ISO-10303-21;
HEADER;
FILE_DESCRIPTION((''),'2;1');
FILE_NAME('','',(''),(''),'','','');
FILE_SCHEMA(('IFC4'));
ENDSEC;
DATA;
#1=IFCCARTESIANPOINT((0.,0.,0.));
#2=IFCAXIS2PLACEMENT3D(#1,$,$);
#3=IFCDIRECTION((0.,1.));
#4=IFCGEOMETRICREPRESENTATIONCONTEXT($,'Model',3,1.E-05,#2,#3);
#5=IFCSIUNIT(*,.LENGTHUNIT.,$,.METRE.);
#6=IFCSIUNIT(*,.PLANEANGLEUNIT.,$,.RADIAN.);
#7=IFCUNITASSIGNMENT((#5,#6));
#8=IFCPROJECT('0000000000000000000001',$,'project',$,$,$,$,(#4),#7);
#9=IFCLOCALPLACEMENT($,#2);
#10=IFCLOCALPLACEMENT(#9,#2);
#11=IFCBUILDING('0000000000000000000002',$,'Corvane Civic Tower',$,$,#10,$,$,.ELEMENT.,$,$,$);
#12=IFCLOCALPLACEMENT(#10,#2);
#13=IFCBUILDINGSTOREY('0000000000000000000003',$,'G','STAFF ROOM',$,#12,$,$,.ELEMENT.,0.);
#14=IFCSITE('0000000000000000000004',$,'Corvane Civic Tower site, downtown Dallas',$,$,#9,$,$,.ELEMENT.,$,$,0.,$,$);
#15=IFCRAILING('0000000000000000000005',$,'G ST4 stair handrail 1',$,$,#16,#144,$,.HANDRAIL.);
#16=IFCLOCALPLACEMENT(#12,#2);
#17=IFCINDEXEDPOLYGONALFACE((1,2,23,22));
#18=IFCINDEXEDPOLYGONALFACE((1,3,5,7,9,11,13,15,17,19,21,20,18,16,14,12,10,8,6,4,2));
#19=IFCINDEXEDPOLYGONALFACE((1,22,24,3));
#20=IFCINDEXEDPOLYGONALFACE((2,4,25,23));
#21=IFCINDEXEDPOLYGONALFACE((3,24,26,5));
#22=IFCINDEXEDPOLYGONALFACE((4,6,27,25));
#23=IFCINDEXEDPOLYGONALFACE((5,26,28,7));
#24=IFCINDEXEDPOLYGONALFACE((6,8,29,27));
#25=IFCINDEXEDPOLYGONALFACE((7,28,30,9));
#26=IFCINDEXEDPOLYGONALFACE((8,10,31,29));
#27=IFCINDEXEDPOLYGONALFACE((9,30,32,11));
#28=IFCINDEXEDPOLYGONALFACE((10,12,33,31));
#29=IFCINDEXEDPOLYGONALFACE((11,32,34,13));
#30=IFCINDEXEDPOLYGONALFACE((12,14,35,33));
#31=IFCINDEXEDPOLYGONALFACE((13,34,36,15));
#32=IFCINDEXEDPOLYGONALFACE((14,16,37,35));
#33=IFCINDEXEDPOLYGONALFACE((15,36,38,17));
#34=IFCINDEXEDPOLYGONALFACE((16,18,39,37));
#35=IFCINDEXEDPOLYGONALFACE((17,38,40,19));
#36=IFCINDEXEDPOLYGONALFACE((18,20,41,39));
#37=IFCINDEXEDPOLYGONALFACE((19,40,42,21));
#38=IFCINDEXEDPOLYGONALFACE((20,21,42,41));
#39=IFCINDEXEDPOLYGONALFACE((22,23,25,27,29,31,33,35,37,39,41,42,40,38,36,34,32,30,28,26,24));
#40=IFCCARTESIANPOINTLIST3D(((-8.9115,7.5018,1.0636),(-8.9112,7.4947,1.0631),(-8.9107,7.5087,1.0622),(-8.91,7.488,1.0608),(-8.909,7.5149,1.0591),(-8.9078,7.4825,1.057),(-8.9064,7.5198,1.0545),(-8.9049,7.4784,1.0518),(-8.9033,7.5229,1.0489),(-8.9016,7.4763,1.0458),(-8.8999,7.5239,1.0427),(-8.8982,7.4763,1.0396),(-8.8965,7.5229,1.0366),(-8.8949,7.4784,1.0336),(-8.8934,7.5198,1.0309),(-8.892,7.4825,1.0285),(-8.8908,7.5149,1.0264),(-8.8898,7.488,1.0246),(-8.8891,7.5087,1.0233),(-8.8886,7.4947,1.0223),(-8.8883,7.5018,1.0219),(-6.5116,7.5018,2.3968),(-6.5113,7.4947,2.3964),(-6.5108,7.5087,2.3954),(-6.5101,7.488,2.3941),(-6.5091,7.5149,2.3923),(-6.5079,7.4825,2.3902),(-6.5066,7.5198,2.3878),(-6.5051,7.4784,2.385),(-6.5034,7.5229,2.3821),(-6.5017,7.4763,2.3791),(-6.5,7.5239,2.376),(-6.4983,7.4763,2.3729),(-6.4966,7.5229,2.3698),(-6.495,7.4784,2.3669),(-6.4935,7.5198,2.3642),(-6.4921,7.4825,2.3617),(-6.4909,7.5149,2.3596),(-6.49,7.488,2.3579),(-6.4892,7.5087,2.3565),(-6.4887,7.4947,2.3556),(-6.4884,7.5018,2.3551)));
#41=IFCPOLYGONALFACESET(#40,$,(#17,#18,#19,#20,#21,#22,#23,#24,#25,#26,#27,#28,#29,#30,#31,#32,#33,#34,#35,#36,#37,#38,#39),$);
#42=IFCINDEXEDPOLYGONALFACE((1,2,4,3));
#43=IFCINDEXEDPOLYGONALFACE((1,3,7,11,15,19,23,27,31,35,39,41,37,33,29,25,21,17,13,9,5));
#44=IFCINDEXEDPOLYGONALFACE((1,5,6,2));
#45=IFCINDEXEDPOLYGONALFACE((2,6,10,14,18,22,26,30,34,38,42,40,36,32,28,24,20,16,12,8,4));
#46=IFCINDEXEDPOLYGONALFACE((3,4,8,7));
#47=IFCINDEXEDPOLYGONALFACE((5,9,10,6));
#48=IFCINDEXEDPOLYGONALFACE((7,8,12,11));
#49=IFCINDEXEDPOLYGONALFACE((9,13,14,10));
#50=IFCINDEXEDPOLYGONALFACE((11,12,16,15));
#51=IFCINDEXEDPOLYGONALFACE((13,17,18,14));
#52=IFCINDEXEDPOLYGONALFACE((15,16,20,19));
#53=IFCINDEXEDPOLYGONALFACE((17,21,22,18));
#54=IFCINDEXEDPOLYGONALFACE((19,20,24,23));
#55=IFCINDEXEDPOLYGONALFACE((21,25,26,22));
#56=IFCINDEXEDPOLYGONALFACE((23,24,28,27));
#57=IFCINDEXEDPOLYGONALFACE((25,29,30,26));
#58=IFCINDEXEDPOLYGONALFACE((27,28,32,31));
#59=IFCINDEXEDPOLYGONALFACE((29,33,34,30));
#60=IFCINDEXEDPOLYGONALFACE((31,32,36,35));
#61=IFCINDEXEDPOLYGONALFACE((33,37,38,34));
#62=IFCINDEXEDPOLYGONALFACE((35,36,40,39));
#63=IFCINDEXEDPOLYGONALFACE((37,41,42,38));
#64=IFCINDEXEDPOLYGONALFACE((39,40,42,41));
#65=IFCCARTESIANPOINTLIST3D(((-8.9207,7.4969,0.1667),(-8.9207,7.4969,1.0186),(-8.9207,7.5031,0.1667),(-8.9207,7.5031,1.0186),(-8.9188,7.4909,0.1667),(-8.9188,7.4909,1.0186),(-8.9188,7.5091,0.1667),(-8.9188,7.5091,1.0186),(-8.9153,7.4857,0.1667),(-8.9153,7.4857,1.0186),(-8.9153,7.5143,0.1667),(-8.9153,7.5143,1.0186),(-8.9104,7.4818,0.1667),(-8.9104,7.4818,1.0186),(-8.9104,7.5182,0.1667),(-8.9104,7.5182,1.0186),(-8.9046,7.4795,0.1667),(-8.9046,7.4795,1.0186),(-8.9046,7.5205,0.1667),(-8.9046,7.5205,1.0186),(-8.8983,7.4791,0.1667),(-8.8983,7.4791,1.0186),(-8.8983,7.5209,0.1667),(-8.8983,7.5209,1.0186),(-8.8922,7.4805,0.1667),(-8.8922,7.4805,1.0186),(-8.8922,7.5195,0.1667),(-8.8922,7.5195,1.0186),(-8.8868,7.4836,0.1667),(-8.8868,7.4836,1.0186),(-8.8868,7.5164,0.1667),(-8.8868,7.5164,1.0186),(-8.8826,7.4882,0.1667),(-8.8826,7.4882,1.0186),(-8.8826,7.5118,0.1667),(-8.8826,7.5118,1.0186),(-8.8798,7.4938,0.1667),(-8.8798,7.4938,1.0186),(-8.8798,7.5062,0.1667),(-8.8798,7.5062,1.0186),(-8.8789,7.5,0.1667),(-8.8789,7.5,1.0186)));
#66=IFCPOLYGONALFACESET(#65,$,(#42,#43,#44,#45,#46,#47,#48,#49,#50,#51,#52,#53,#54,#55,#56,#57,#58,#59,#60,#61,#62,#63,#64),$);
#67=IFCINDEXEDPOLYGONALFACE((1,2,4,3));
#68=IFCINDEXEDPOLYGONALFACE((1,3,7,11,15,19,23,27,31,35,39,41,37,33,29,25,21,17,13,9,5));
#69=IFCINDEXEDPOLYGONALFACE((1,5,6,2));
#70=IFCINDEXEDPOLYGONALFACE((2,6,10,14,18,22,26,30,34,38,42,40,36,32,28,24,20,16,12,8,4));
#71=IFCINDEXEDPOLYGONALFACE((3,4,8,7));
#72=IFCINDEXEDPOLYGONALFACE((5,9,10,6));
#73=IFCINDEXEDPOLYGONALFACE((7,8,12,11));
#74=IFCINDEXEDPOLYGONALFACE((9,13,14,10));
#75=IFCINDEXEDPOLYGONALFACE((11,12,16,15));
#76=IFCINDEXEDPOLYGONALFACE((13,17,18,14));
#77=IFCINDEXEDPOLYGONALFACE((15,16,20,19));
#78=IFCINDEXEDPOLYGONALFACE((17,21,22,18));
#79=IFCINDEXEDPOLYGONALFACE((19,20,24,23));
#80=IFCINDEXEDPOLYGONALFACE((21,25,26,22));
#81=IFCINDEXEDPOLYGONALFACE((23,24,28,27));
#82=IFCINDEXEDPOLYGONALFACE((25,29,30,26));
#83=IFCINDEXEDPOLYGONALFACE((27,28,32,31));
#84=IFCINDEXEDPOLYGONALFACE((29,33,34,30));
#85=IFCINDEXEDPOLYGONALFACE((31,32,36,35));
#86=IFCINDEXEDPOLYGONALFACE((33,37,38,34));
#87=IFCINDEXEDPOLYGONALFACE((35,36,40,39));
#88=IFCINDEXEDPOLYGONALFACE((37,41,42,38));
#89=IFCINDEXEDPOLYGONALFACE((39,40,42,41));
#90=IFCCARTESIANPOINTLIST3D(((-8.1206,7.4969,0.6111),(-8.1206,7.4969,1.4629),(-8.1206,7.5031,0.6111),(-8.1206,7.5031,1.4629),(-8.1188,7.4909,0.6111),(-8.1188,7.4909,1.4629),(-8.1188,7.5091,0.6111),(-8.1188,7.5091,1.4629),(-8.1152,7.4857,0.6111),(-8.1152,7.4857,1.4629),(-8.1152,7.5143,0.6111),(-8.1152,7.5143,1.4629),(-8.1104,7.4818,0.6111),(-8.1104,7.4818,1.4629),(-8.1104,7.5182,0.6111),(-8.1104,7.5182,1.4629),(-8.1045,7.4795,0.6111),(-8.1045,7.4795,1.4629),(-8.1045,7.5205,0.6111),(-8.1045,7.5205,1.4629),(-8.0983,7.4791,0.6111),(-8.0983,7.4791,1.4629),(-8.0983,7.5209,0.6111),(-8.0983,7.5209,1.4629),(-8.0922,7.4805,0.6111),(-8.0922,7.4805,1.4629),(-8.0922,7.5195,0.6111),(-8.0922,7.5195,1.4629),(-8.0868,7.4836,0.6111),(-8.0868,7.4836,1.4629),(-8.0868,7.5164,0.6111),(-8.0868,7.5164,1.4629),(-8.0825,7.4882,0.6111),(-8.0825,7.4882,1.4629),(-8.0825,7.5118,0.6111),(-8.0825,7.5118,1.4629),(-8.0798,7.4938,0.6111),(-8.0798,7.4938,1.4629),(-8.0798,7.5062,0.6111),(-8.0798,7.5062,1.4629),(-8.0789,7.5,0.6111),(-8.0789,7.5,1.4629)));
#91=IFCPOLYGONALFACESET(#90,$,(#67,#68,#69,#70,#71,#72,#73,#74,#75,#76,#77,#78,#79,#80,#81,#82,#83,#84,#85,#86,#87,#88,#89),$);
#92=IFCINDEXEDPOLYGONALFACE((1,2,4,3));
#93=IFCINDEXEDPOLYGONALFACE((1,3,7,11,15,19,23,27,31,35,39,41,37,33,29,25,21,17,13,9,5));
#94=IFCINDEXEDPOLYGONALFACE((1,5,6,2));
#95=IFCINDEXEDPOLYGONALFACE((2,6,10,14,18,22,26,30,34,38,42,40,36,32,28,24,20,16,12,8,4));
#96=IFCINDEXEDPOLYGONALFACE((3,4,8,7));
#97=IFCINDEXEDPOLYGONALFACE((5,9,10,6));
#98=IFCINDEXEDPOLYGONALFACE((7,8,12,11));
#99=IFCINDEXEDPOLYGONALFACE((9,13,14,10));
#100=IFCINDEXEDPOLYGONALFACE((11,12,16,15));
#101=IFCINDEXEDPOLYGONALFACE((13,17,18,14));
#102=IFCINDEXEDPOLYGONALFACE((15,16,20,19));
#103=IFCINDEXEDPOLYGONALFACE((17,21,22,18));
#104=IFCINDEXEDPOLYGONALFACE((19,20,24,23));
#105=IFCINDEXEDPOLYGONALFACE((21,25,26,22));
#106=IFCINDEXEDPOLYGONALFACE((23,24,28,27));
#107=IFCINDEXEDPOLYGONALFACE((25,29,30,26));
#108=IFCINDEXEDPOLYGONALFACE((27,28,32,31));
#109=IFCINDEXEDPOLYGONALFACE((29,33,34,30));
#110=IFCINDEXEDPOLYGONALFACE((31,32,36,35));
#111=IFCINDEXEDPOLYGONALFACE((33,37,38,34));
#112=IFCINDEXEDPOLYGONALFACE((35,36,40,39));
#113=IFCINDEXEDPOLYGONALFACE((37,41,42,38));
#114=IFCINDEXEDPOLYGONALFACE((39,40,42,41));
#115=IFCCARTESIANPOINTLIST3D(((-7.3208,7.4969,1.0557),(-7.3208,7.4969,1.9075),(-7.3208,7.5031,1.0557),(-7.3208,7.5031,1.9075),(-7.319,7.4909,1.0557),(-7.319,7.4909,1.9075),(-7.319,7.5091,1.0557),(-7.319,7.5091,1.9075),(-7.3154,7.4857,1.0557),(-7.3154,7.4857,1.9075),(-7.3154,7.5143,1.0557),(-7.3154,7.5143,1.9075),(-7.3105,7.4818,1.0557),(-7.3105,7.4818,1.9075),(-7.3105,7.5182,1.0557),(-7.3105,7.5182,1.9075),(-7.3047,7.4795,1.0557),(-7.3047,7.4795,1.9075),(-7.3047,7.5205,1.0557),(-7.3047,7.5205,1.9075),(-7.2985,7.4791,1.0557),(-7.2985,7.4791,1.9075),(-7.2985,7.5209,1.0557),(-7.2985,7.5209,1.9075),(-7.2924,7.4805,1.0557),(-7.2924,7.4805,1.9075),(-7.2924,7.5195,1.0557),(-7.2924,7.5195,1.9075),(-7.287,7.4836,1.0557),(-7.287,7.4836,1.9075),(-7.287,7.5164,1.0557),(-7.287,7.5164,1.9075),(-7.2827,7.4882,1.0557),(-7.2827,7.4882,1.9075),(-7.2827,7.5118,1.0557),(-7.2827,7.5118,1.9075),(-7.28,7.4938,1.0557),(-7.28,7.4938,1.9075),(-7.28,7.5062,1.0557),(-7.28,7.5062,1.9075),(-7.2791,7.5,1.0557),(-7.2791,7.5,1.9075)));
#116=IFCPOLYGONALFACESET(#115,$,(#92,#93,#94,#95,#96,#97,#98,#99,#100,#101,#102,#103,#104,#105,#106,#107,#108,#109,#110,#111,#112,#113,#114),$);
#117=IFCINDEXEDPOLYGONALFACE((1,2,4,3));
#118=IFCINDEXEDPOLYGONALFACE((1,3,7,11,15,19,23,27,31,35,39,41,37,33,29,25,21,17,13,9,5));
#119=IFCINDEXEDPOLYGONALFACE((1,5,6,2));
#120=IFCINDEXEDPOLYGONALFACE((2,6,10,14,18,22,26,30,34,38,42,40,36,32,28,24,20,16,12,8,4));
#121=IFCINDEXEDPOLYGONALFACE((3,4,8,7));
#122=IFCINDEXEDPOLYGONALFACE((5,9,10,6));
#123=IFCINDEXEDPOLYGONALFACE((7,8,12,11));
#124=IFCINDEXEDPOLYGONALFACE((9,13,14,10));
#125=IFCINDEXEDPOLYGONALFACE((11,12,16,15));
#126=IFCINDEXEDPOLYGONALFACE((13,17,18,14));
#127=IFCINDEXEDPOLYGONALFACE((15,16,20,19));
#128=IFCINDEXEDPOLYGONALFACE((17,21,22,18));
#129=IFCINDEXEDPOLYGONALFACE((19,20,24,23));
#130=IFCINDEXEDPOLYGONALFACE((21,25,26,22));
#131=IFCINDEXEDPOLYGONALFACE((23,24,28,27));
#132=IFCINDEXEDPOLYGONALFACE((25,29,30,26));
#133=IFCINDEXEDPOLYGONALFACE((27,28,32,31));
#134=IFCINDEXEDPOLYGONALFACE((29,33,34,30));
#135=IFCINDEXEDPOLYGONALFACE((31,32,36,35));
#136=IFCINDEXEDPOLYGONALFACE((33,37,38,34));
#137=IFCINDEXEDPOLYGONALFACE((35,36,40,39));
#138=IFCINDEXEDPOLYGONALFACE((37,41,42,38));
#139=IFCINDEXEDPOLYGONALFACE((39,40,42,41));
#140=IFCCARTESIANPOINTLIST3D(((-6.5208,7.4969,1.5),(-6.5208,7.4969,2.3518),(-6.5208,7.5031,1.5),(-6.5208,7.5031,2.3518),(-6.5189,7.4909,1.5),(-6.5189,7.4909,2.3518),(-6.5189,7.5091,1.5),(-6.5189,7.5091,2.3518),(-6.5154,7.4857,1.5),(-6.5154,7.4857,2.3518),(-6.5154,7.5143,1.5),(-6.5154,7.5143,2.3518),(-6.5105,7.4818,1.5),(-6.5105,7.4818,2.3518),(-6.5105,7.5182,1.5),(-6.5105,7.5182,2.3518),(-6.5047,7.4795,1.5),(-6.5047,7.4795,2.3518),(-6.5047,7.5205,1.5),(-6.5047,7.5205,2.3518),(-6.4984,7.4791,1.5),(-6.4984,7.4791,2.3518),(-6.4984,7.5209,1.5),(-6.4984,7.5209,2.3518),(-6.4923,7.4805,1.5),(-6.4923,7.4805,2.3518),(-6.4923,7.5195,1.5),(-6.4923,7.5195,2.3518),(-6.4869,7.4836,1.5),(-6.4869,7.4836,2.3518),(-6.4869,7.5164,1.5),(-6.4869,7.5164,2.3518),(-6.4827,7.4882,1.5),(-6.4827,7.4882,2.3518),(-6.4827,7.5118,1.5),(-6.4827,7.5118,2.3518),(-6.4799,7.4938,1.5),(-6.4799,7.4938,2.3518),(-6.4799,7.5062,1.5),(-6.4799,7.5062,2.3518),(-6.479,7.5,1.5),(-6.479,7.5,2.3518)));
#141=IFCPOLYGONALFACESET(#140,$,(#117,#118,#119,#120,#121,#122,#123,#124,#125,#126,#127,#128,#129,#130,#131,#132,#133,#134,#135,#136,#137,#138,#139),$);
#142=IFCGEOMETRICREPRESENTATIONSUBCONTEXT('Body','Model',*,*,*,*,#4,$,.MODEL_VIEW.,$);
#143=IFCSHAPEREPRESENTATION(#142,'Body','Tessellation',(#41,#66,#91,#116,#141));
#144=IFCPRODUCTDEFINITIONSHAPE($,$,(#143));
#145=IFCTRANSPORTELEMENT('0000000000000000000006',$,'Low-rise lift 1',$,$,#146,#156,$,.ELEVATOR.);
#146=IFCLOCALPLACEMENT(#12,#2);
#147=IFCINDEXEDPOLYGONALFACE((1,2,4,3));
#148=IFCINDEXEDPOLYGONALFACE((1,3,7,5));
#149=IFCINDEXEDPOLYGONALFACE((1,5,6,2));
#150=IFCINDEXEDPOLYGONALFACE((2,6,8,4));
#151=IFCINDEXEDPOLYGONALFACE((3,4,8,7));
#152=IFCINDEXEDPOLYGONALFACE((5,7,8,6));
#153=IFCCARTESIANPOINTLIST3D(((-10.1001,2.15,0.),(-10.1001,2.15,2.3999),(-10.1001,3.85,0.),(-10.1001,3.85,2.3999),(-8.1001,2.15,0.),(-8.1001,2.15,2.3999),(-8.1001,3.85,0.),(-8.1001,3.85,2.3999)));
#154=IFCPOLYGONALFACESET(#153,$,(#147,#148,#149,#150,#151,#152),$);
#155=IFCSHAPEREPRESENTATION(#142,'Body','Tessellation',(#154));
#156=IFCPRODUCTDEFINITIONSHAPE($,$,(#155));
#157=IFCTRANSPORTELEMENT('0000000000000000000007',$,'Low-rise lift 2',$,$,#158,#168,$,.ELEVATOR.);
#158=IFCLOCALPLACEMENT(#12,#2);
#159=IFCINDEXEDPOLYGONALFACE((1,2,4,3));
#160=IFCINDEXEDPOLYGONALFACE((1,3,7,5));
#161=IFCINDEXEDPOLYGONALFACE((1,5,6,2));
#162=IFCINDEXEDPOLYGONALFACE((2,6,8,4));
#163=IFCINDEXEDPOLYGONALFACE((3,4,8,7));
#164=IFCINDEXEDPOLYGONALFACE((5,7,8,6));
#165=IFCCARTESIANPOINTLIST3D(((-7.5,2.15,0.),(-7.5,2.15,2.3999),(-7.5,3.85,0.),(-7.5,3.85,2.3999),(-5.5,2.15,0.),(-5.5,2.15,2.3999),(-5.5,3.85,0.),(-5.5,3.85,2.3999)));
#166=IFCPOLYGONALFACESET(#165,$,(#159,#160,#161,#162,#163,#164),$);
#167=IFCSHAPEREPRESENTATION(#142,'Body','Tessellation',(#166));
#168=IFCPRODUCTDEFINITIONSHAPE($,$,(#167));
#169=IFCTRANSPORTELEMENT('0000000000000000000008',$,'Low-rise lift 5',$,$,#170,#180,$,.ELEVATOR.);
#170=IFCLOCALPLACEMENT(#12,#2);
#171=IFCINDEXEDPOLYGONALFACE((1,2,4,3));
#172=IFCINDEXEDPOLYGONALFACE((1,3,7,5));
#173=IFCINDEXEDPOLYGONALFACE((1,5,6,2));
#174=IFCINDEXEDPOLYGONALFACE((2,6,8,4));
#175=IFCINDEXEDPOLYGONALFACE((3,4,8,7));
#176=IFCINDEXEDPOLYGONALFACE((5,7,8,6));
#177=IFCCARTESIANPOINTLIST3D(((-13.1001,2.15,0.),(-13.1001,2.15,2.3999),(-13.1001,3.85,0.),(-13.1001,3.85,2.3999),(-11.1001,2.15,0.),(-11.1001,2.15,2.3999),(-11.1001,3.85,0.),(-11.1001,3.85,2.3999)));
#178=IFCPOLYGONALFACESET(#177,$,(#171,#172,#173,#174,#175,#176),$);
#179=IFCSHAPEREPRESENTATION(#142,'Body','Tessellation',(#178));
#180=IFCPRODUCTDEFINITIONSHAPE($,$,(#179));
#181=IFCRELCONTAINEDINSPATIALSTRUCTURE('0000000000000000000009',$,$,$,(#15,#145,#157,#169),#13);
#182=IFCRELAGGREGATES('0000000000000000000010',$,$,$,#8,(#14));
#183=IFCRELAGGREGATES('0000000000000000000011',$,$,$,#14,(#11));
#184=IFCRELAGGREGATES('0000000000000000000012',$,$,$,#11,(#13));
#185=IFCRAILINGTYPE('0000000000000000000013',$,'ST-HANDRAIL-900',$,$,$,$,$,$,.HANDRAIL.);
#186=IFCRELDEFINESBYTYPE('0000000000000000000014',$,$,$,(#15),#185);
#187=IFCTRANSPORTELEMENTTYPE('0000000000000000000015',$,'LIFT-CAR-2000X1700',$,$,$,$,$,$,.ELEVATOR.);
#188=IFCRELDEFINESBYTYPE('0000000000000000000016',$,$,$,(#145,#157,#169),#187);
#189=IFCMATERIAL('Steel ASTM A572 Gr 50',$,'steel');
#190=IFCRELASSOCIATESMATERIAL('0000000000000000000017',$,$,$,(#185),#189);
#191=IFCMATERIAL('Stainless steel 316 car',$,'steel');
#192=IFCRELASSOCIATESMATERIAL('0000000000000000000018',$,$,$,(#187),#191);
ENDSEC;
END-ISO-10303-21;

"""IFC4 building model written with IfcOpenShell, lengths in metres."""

from ifc_helpers import new_model, si_unit, direction, frame, origin, origin_2d, place, context, subcontext, project, spatial, rectangle, circle, extrude, material, type_object, element, save


model = new_model("IFC4")

# Units and contexts
model_context = context("Model", 3, precision=1e-05, world=origin(), true_north=direction((0.0, 1.0)))
body_context = subcontext(model_context, "Body", "Model", "MODEL_VIEW")
ifc_project = project(units=[si_unit("LENGTHUNIT", "METRE"), si_unit("PLANEANGLEUNIT", "RADIAN")], contexts=[model_context])

# Site, building, storey
site_placement = place(None, origin())
site = spatial("IfcSite", under=ifc_project, at=site_placement, Name="Corvane Civic Tower site, downtown Dallas", CompositionType="ELEMENT", RefElevation=0.0)
building_placement = place(site_placement, origin())
building = spatial("IfcBuilding", under=site, at=building_placement, Name="Corvane Civic Tower", CompositionType="ELEMENT")
storey_placement = place(building_placement, origin())
storey = spatial("IfcBuildingStorey", under=building, at=storey_placement, Name="G", Description="STAFF ROOM", CompositionType="ELEMENT", Elevation=0.0)

# Railing
ifc_material_1 = material(Name="Steel ASTM A572 Gr 50", Category="steel")
railing_type = type_object("IfcRailingType", Name="ST-HANDRAIL-900", PredefinedType="HANDRAIL", material=ifc_material_1)
railing_placement = place(storey_placement, frame((-8.8999, 7.5, 0.1667)))
element("IfcRailing", 1, at=railing_placement, inside=storey, type_object=railing_type, Name="G ST4 stair handrail 1", PredefinedType="HANDRAIL", context=body_context, shape_type="SweptSolid", body=[
    extrude(circle(Radius=0.0239, at=origin_2d()), frame((0.0, 0.0, 0.876), z_axis=(0.874161, 0.0, 0.485635), x_axis=(0.0, 1.0, 0.0)), (0.0, 0.0, 1.0), 2.7454),
    extrude(circle(Radius=0.021, at=origin_2d()), origin(), (0.0, 0.0, 1.0), 0.8518),
    extrude(circle(Radius=0.021, at=origin_2d()), frame((0.8, 0.0, 0.4443)), (0.0, 0.0, 1.0), 0.8518),
    extrude(circle(Radius=0.021, at=origin_2d()), frame((1.5999, 0.0, 0.8889)), (0.0, 0.0, 1.0), 0.8518),
    extrude(circle(Radius=0.021, at=origin_2d()), frame((2.3999, 0.0, 1.3333)), (0.0, 0.0, 1.0), 0.8518),
])

# Transport elements
ifc_material_2 = material(Name="Stainless steel 316 car", Category="steel")
transport_element_type = type_object("IfcTransportElementType", Name="LIFT-CAR-2000X1700", PredefinedType="ELEVATOR", material=ifc_material_2)
for number, where, z_axis, x_axis, name in (
    (2, (-9.1001, 3.0, 0.0), (0.0, 0.0, 1.0), (1.0, 0.0, 0.0), "Low-rise lift 1"),
    (3, (-6.5, 3.0, 0.0), (0.0, 0.0, 1.0), (1.0, 0.0, 0.0), "Low-rise lift 2"),
    (4, (-12.1001, 3.0, 0.0), (0.0, 0.0, 1.0), (1.0, 0.0, 0.0), "Low-rise lift 5"),
):
    element("IfcTransportElement", number, at=place(storey_placement, frame(where, z_axis=z_axis, x_axis=x_axis)), inside=storey, type_object=transport_element_type, Name=name, PredefinedType="ELEVATOR", context=body_context, shape_type="SweptSolid", body=[
        extrude(rectangle(XDim=2.0, YDim=1.7, at=origin_2d()), origin(), (0.0, 0.0, 1.0), 2.3999),
    ])

save(model, "model.ifc")
